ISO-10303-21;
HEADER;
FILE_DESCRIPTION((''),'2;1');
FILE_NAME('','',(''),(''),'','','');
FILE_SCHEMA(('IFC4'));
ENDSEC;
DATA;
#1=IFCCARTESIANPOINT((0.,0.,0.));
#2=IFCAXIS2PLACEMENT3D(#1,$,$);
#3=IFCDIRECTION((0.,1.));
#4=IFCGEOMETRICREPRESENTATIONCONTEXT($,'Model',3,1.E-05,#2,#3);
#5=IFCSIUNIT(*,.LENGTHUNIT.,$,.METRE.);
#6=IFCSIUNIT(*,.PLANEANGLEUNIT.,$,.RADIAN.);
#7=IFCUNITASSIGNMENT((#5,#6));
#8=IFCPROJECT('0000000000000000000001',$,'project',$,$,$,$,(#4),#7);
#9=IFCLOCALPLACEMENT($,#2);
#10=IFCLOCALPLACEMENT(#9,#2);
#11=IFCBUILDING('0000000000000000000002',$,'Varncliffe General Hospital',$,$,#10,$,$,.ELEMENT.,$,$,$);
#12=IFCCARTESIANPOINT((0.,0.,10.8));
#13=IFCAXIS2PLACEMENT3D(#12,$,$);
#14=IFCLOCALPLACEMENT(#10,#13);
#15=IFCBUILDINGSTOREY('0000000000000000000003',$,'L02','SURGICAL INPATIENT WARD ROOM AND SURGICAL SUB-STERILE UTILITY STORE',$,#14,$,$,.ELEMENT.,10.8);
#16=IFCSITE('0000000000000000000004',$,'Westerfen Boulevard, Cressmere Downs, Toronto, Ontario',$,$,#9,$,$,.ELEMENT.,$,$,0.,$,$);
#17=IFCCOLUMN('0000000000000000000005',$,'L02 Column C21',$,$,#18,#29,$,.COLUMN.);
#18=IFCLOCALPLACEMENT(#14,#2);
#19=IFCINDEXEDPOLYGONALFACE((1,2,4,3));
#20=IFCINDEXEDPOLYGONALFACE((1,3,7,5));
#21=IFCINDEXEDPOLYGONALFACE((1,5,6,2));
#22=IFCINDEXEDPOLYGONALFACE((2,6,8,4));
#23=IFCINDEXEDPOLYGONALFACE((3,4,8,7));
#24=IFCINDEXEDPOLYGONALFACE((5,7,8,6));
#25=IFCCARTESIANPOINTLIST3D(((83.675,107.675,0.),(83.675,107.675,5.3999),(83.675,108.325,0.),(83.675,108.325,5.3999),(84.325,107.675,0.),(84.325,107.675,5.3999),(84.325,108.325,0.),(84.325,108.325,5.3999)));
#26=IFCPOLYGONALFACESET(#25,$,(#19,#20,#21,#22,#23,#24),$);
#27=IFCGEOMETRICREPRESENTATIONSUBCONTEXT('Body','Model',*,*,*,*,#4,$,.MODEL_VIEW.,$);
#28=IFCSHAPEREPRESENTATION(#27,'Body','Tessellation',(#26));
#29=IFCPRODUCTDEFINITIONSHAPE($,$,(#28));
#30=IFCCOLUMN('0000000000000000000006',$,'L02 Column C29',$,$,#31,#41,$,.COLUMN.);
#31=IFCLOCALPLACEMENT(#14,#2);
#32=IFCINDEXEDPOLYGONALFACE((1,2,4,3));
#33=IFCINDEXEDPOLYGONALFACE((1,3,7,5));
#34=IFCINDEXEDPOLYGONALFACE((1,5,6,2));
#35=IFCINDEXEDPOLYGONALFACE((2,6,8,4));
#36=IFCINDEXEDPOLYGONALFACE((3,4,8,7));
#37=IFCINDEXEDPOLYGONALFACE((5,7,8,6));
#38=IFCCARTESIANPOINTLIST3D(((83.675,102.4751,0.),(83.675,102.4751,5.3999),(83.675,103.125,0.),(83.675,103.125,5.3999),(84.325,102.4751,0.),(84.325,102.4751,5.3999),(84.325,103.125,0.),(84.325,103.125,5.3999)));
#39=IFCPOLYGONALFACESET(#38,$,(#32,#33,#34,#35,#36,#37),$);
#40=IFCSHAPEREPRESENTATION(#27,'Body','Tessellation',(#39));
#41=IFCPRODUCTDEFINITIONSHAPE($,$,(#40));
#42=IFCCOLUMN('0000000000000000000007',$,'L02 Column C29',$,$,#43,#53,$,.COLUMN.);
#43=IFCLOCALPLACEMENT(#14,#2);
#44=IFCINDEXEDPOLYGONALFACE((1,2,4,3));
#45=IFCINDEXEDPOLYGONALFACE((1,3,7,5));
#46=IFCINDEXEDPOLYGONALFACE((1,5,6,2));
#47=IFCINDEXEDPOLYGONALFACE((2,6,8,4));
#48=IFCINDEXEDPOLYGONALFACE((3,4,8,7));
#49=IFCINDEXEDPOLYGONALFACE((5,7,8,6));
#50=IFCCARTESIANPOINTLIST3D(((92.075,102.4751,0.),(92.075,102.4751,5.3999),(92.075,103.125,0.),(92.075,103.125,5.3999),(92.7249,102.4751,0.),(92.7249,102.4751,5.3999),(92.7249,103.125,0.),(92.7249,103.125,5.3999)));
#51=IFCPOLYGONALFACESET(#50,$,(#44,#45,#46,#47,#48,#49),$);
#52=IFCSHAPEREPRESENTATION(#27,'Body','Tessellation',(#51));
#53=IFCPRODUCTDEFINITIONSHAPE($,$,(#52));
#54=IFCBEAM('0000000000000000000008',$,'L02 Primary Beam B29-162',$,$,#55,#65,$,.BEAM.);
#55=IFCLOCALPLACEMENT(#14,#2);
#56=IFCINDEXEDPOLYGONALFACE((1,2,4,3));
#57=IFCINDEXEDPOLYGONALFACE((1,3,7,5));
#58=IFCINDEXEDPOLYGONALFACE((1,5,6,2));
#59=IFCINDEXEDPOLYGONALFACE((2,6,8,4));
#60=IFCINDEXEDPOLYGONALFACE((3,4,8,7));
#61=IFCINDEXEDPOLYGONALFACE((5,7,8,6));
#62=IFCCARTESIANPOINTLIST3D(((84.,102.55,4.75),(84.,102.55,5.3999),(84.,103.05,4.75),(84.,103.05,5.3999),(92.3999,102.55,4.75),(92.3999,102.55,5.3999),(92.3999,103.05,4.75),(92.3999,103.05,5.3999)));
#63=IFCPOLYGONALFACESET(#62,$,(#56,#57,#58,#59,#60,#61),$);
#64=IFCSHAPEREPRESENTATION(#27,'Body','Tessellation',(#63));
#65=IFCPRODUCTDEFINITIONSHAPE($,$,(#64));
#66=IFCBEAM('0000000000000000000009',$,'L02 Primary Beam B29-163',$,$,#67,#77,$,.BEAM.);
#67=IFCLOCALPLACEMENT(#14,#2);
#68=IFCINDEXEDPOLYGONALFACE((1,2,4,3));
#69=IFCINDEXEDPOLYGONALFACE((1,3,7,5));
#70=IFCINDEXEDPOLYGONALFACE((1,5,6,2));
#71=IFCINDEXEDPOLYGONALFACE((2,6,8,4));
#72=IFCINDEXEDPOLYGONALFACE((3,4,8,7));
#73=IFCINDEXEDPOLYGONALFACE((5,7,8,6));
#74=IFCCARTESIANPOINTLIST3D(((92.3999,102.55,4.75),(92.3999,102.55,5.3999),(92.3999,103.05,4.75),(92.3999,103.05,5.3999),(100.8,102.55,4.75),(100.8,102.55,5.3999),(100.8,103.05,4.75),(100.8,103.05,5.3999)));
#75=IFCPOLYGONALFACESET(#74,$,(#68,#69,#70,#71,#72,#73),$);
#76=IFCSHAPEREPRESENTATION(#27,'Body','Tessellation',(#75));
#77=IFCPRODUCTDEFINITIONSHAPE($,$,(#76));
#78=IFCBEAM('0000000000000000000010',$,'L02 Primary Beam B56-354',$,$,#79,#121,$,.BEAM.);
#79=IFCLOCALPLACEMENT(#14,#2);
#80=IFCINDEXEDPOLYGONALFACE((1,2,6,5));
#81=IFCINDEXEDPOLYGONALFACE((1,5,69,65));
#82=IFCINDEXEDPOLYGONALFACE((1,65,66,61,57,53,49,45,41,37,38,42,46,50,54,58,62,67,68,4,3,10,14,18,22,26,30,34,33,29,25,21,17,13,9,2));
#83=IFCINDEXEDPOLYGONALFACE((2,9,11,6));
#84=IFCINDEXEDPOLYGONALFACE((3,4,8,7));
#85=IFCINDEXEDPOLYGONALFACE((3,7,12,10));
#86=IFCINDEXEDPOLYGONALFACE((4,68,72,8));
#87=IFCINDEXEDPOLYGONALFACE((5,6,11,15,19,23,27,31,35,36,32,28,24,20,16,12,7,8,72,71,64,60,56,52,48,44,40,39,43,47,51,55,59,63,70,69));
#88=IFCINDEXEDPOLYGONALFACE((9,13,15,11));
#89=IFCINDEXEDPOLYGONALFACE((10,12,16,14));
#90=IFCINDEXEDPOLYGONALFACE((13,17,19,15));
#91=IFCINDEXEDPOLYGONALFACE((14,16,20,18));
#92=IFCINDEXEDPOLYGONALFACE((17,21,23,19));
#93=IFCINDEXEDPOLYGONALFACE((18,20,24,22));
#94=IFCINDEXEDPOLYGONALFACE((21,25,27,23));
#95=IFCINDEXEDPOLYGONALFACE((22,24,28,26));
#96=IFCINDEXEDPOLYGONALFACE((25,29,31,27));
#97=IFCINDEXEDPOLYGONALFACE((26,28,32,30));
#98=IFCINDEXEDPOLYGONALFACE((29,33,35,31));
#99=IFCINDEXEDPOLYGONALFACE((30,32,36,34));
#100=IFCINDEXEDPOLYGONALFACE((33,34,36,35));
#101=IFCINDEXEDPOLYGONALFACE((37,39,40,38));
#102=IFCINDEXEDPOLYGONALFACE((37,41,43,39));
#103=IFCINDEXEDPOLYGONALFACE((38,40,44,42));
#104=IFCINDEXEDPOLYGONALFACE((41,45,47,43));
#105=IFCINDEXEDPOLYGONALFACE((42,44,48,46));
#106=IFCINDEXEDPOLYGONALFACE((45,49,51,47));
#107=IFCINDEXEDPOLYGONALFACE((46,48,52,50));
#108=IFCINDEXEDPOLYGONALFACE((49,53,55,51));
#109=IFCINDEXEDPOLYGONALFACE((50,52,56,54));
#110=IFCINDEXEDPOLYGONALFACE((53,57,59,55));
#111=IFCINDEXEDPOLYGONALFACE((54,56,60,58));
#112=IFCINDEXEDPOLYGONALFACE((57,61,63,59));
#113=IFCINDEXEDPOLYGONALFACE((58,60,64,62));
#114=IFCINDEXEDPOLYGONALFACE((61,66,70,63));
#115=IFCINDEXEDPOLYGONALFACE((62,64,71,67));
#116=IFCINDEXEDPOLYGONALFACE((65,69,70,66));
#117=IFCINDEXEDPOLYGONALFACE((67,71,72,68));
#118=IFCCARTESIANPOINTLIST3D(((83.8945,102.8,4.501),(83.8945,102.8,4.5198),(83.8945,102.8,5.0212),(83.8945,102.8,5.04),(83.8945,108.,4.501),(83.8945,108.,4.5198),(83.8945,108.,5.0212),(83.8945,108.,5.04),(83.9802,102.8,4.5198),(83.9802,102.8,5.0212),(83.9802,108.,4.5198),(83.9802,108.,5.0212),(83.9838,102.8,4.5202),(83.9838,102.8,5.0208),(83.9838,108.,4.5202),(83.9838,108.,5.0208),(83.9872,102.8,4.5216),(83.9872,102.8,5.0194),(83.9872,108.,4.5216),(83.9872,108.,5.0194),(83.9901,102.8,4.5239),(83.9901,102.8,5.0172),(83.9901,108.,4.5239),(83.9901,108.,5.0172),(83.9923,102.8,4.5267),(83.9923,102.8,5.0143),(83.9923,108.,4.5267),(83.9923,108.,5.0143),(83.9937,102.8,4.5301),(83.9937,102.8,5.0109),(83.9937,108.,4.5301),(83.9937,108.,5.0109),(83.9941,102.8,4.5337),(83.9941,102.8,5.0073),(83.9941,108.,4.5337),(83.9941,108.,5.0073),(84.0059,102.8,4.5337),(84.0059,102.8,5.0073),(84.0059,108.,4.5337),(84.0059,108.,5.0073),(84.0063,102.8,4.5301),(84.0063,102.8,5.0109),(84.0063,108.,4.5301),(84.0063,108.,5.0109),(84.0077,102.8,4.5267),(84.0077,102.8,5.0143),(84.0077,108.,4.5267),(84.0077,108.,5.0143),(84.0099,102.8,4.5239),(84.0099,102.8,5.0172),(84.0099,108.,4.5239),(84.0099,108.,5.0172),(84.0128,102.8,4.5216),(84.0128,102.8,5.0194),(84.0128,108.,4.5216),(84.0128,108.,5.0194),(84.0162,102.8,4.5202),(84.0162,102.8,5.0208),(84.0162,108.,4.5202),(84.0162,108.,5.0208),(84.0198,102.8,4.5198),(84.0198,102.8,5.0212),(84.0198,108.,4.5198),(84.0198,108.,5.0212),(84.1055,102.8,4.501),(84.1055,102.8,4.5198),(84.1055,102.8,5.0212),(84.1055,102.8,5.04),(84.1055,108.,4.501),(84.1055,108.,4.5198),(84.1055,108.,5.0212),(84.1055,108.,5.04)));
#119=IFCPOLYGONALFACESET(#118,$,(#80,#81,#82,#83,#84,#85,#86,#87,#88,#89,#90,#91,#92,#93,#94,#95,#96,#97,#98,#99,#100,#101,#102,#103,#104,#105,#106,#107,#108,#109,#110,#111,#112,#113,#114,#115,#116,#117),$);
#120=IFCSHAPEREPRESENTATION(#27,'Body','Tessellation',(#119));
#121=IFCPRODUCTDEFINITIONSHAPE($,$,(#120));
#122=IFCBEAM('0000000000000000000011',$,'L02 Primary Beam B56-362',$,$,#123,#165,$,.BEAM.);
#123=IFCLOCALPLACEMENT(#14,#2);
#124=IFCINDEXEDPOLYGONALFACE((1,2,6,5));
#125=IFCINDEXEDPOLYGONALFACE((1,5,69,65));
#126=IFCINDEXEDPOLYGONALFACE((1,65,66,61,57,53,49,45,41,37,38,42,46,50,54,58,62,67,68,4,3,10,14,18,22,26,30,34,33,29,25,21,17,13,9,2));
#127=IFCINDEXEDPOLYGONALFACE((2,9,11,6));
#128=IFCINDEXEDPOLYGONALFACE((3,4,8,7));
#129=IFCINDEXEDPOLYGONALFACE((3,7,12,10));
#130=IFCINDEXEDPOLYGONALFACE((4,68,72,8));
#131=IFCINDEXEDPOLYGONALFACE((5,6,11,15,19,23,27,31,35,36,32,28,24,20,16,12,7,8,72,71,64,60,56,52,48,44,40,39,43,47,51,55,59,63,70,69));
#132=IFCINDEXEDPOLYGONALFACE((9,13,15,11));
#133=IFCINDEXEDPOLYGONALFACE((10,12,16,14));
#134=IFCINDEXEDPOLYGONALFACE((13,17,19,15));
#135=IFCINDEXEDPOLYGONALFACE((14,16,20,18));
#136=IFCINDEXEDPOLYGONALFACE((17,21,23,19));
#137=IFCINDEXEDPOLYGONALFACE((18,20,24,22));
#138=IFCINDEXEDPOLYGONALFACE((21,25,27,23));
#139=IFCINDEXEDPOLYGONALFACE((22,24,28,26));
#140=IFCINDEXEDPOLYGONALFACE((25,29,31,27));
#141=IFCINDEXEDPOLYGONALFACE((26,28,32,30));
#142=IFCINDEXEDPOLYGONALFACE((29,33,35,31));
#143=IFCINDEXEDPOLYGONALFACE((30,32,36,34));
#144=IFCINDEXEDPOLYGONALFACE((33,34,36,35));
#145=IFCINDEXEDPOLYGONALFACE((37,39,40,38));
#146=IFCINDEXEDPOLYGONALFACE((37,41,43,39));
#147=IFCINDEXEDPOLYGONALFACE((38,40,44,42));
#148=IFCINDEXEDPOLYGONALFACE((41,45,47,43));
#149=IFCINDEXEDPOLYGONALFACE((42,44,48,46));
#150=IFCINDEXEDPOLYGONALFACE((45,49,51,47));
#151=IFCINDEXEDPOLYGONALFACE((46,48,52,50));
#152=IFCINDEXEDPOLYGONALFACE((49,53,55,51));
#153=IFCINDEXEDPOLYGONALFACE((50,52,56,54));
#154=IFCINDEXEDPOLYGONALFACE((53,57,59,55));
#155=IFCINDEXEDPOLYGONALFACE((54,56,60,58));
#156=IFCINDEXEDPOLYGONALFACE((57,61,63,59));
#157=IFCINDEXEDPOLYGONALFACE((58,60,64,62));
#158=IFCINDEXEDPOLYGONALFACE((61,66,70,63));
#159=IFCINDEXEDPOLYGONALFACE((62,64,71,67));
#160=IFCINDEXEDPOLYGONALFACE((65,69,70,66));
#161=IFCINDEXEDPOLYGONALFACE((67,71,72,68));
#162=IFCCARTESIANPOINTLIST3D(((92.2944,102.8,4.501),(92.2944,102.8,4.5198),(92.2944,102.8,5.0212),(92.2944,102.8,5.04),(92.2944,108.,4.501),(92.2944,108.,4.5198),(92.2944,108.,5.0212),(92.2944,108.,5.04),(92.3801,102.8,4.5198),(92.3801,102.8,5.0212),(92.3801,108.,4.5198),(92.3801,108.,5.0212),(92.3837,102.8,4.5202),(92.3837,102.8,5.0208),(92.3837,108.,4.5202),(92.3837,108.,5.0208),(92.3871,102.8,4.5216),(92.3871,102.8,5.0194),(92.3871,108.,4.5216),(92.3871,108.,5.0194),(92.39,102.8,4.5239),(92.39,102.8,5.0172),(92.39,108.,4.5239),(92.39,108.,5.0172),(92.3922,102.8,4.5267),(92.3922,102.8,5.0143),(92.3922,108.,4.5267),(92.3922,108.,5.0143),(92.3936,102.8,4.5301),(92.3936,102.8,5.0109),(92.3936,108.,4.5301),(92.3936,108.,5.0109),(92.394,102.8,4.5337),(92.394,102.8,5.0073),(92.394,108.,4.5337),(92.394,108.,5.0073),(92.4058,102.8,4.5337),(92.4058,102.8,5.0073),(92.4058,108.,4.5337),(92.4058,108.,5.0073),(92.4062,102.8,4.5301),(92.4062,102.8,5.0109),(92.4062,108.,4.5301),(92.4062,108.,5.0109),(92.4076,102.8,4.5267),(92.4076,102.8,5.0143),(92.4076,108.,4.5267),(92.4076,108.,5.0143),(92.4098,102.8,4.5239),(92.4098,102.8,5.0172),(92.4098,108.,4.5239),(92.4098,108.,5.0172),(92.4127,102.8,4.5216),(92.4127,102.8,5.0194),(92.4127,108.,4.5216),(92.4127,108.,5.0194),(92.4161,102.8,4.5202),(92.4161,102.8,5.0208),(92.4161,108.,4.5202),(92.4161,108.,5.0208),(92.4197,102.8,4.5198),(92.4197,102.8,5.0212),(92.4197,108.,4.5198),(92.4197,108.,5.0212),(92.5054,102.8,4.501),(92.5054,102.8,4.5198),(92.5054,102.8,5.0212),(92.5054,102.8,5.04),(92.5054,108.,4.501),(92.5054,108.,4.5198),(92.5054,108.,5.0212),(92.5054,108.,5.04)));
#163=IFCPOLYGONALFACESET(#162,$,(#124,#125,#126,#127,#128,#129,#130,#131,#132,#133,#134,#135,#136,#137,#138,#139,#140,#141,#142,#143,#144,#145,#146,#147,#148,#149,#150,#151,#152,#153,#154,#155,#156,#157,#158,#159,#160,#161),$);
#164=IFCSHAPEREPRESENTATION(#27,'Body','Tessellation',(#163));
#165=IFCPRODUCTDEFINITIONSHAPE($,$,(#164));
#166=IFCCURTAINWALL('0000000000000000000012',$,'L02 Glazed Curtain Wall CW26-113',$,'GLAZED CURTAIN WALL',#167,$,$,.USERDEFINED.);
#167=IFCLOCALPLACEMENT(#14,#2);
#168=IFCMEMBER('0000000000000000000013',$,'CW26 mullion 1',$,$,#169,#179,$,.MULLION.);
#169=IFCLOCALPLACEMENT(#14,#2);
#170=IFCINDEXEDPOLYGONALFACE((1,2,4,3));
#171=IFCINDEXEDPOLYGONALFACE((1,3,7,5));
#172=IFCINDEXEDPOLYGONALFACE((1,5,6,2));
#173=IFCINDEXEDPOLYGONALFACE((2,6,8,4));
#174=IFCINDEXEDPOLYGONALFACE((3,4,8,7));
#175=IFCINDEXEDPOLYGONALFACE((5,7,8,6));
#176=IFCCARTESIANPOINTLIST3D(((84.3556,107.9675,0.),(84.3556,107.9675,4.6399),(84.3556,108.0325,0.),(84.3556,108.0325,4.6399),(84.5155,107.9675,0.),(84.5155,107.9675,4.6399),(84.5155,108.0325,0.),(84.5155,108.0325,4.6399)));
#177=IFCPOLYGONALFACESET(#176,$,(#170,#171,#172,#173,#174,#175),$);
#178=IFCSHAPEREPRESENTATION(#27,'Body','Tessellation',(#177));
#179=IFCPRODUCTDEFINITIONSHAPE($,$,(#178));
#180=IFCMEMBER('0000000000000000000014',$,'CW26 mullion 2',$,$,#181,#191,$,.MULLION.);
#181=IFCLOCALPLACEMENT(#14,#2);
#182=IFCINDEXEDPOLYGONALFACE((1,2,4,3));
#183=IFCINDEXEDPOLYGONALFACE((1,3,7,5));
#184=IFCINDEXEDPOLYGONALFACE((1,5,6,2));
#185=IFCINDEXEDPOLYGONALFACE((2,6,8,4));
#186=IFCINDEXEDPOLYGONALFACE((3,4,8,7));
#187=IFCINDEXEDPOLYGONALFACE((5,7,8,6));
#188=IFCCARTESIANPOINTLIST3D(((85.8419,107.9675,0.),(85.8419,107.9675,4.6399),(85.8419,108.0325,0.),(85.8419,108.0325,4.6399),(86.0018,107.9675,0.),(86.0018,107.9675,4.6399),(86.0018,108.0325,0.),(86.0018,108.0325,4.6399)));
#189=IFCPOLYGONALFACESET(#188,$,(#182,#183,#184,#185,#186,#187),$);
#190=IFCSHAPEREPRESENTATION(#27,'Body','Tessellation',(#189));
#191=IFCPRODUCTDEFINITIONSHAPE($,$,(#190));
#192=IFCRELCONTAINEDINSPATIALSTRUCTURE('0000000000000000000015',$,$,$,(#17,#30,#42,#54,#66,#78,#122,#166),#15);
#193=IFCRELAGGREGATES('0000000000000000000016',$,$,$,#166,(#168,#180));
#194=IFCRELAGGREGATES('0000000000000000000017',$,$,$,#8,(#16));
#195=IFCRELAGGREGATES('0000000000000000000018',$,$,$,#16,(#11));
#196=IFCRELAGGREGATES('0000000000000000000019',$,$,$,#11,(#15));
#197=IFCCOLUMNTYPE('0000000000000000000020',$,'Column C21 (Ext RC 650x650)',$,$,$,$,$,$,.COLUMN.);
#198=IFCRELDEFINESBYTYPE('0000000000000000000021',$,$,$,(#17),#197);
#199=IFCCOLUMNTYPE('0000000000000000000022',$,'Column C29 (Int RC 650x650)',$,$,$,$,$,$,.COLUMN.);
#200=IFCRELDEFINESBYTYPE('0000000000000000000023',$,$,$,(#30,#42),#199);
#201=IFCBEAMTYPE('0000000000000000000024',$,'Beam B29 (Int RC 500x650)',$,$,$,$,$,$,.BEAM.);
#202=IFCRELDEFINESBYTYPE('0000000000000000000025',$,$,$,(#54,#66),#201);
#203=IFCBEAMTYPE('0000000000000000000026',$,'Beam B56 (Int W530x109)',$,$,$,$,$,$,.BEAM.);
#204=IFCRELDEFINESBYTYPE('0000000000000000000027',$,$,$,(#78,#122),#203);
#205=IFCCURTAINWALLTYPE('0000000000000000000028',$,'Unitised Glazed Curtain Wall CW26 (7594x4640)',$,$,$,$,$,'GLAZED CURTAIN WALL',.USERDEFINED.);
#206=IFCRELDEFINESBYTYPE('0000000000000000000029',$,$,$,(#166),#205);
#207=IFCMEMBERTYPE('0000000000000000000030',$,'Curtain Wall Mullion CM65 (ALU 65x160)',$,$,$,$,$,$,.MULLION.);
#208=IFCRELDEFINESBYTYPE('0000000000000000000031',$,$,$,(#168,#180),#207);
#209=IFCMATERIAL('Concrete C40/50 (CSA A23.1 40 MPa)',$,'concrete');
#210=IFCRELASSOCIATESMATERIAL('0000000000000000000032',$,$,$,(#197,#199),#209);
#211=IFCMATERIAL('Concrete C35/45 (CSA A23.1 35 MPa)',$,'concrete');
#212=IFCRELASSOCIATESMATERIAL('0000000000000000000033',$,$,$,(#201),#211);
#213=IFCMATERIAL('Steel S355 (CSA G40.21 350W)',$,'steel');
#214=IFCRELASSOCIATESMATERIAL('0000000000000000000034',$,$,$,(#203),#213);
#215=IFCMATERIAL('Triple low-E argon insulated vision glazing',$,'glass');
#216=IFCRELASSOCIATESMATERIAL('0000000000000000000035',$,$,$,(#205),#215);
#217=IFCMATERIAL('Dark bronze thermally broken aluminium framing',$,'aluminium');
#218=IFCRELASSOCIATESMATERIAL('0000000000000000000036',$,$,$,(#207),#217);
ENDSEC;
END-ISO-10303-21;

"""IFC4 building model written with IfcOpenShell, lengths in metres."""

from ifc_helpers import new_model, si_unit, direction, frame, origin, origin_2d, place, context, subcontext, project, spatial, rectangle, i_section, extrude, material, material_profile, profile_set, type_object, element, aggregate, save


model = new_model("IFC4")

# Units and contexts
model_context = context("Model", 3, precision=1e-05, world=origin(), true_north=direction((0.0, 1.0)))
body_context = subcontext(model_context, "Body", "Model", "MODEL_VIEW")
ifc_project = project(units=[si_unit("LENGTHUNIT", "METRE"), si_unit("PLANEANGLEUNIT", "RADIAN")], contexts=[model_context])

# Site, building, storey
site_placement = place(None, origin())
site = spatial("IfcSite", under=ifc_project, at=site_placement, Name="Westerfen Boulevard, Cressmere Downs, Toronto, Ontario", CompositionType="ELEMENT", RefElevation=0.0)
building_placement = place(site_placement, origin())
building = spatial("IfcBuilding", under=site, at=building_placement, Name="Varncliffe General Hospital", CompositionType="ELEMENT")
storey_placement = place(building_placement, frame((0.0, 0.0, 10.8)))
storey = spatial("IfcBuildingStorey", under=building, at=storey_placement, Name="L02", Description="SURGICAL INPATIENT WARD ROOM AND SURGICAL SUB-STERILE UTILITY STORE", CompositionType="ELEMENT", Elevation=10.8)

# Columns
ifc_material_1 = material(Name="Concrete C40/50 (CSA A23.1 40 MPa)", Category="concrete")
ifc_material_profile_1 = material_profile(ifc_material_1, rectangle(XDim=0.6499, YDim=0.6499, at=origin_2d()), Name="RC 650x650")
ifc_profile_set_1 = profile_set([ifc_material_profile_1], Name="Concrete C40/50 (CSA A23.1 40 MPa)")
column_type_1 = type_object("IfcColumnType", Name="Column C21 (Ext RC 650x650)", PredefinedType="COLUMN", material=ifc_profile_set_1)
column_placement = place(storey_placement, frame((84.0, 108.0, 0.0), z_axis=(0.0, 0.0, 1.0), x_axis=(1.0, 0.0, 0.0)))
element("IfcColumn", 1, at=column_placement, inside=storey, type_object=column_type_1, Name="L02 Column C21", PredefinedType="COLUMN", context=body_context, shape_type="SweptSolid", body=[
    extrude(rectangle(XDim=0.6499, YDim=0.6499, at=origin_2d()), origin(), (0.0, 0.0, 1.0), 5.3999),
])
ifc_material_profile_2 = material_profile(ifc_material_1, rectangle(XDim=0.6499, YDim=0.6499, at=origin_2d()), Name="RC 650x650")
ifc_profile_set_2 = profile_set([ifc_material_profile_2], Name="Concrete C40/50 (CSA A23.1 40 MPa)")
column_type_2 = type_object("IfcColumnType", Name="Column C29 (Int RC 650x650)", PredefinedType="COLUMN", material=ifc_profile_set_2)
for number, where, z_axis, x_axis, name in (
    (2, (84.0, 102.8, 0.0), (0.0, 0.0, 1.0), (1.0, 0.0, 0.0), "L02 Column C29"),
    (3, (92.3999, 102.8, 0.0), (0.0, 0.0, 1.0), (1.0, 0.0, 0.0), "L02 Column C29"),
):
    element("IfcColumn", number, at=place(storey_placement, frame(where, z_axis=z_axis, x_axis=x_axis)), inside=storey, type_object=column_type_2, Name=name, PredefinedType="COLUMN", context=body_context, shape_type="SweptSolid", body=[
        extrude(rectangle(XDim=0.6499, YDim=0.6499, at=origin_2d()), origin(), (0.0, 0.0, 1.0), 5.3999),
    ])

# Beams
ifc_material_2 = material(Name="Concrete C35/45 (CSA A23.1 35 MPa)", Category="concrete")
ifc_material_profile_3 = material_profile(ifc_material_2, rectangle(XDim=0.5, YDim=0.6499, at=origin_2d()), Name="RC 500x650")
ifc_profile_set_3 = profile_set([ifc_material_profile_3], Name="Concrete C35/45 (CSA A23.1 35 MPa)")
beam_type_1 = type_object("IfcBeamType", Name="Beam B29 (Int RC 500x650)", PredefinedType="BEAM", material=ifc_profile_set_3)
beam_1_placement = place(storey_placement, frame((84.0, 102.8, 5.075), z_axis=(1.0, 0.0, 0.0), x_axis=(0.0, 1.0, 0.0)))
element("IfcBeam", 4, at=beam_1_placement, inside=storey, type_object=beam_type_1, Name="L02 Primary Beam B29-162", PredefinedType="BEAM", context=body_context, shape_type="SweptSolid", body=[
    extrude(rectangle(XDim=0.5, YDim=0.6499, at=origin_2d()), origin(), (0.0, 0.0, 1.0), 8.3999),
])
beam_2_placement = place(storey_placement, frame((92.3999, 102.8, 5.075), z_axis=(1.0, 0.0, 0.0), x_axis=(0.0, 1.0, 0.0)))
element("IfcBeam", 5, at=beam_2_placement, inside=storey, type_object=beam_type_1, Name="L02 Primary Beam B29-163", PredefinedType="BEAM", context=body_context, shape_type="SweptSolid", body=[
    extrude(rectangle(XDim=0.5, YDim=0.6499, at=origin_2d()), origin(), (0.0, 0.0, 1.0), 8.4001),
])
ifc_material_3 = material(Name="Steel S355 (CSA G40.21 350W)", Category="steel")
ifc_material_profile_4 = material_profile(ifc_material_3, i_section(OverallWidth=0.2109, OverallDepth=0.5391, WebThickness=0.0117, FlangeThickness=0.0188, FilletRadius=0.0139, at=origin_2d()), Name="W530x109")
ifc_profile_set_4 = profile_set([ifc_material_profile_4], Name="Steel S355 (CSA G40.21 350W)")
beam_type_2 = type_object("IfcBeamType", Name="Beam B56 (Int W530x109)", PredefinedType="BEAM", material=ifc_profile_set_4)
for number, where, z_axis, x_axis, name in (
    (6, (84.0, 102.8, 4.7705), (0.0, 1.0, 0.0), (-1.0, 0.0, 0.0), "L02 Primary Beam B56-354"),
    (7, (92.3999, 102.8, 4.7705), (0.0, 1.0, 0.0), (-1.0, 0.0, 0.0), "L02 Primary Beam B56-362"),
):
    element("IfcBeam", number, at=place(storey_placement, frame(where, z_axis=z_axis, x_axis=x_axis)), inside=storey, type_object=beam_type_2, Name=name, PredefinedType="BEAM", context=body_context, shape_type="SweptSolid", body=[
        extrude(i_section(OverallWidth=0.2109, OverallDepth=0.5391, WebThickness=0.0117, FlangeThickness=0.0188, FilletRadius=0.0139, at=origin_2d()), origin(), (0.0, 0.0, 1.0), 5.2),
    ])

# Curtain wall, members
ifc_material_4 = material(Name="Triple low-E argon insulated vision glazing", Category="glass")
curtain_wall_type = type_object("IfcCurtainWallType", Name="Unitised Glazed Curtain Wall CW26 (7594x4640)", ElementType="GLAZED CURTAIN WALL", PredefinedType="USERDEFINED", material=ifc_material_4)
curtain_wall_placement = place(storey_placement, origin())
curtain_wall = element("IfcCurtainWall", 8, at=curtain_wall_placement, inside=storey, type_object=curtain_wall_type, Name="L02 Glazed Curtain Wall CW26-113", ObjectType="GLAZED CURTAIN WALL", PredefinedType="USERDEFINED")
ifc_material_5 = material(Name="Dark bronze thermally broken aluminium framing", Category="aluminium")
ifc_material_profile_5 = material_profile(ifc_material_5, rectangle(XDim=0.0649, YDim=0.1599, at=origin_2d()), Name="ALU 65x160")
ifc_profile_set_5 = profile_set([ifc_material_profile_5], Name="Dark bronze thermally broken aluminium framing")
member_type_1 = type_object("IfcMemberType", Name="Curtain Wall Mullion CM65 (ALU 65x160)", PredefinedType="MULLION", material=ifc_profile_set_5)
member_1_placement = place(storey_placement, frame((84.4355, 108.0, 0.0), z_axis=(0.0, 0.0, 1.0), x_axis=(0.0, 1.0, 0.0)))
member_1 = element("IfcMember", 9, at=member_1_placement, type_object=member_type_1, Name="CW26 mullion 1", PredefinedType="MULLION", context=body_context, shape_type="SweptSolid", body=[
    extrude(rectangle(XDim=0.0649, YDim=0.1599, at=origin_2d()), origin(), (0.0, 0.0, 1.0), 4.6399),
])
member_2_placement = place(storey_placement, frame((85.9219, 108.0, 0.0), z_axis=(0.0, 0.0, 1.0), x_axis=(0.0, 1.0, 0.0)))
member_2 = element("IfcMember", 10, at=member_2_placement, type_object=member_type_1, Name="CW26 mullion 2", PredefinedType="MULLION", context=body_context, shape_type="SweptSolid", body=[
    extrude(rectangle(XDim=0.0649, YDim=0.1599, at=origin_2d()), origin(), (0.0, 0.0, 1.0), 4.6399),
])

aggregate(curtain_wall, [member_1, member_2])

save(model, "model.ifc")
